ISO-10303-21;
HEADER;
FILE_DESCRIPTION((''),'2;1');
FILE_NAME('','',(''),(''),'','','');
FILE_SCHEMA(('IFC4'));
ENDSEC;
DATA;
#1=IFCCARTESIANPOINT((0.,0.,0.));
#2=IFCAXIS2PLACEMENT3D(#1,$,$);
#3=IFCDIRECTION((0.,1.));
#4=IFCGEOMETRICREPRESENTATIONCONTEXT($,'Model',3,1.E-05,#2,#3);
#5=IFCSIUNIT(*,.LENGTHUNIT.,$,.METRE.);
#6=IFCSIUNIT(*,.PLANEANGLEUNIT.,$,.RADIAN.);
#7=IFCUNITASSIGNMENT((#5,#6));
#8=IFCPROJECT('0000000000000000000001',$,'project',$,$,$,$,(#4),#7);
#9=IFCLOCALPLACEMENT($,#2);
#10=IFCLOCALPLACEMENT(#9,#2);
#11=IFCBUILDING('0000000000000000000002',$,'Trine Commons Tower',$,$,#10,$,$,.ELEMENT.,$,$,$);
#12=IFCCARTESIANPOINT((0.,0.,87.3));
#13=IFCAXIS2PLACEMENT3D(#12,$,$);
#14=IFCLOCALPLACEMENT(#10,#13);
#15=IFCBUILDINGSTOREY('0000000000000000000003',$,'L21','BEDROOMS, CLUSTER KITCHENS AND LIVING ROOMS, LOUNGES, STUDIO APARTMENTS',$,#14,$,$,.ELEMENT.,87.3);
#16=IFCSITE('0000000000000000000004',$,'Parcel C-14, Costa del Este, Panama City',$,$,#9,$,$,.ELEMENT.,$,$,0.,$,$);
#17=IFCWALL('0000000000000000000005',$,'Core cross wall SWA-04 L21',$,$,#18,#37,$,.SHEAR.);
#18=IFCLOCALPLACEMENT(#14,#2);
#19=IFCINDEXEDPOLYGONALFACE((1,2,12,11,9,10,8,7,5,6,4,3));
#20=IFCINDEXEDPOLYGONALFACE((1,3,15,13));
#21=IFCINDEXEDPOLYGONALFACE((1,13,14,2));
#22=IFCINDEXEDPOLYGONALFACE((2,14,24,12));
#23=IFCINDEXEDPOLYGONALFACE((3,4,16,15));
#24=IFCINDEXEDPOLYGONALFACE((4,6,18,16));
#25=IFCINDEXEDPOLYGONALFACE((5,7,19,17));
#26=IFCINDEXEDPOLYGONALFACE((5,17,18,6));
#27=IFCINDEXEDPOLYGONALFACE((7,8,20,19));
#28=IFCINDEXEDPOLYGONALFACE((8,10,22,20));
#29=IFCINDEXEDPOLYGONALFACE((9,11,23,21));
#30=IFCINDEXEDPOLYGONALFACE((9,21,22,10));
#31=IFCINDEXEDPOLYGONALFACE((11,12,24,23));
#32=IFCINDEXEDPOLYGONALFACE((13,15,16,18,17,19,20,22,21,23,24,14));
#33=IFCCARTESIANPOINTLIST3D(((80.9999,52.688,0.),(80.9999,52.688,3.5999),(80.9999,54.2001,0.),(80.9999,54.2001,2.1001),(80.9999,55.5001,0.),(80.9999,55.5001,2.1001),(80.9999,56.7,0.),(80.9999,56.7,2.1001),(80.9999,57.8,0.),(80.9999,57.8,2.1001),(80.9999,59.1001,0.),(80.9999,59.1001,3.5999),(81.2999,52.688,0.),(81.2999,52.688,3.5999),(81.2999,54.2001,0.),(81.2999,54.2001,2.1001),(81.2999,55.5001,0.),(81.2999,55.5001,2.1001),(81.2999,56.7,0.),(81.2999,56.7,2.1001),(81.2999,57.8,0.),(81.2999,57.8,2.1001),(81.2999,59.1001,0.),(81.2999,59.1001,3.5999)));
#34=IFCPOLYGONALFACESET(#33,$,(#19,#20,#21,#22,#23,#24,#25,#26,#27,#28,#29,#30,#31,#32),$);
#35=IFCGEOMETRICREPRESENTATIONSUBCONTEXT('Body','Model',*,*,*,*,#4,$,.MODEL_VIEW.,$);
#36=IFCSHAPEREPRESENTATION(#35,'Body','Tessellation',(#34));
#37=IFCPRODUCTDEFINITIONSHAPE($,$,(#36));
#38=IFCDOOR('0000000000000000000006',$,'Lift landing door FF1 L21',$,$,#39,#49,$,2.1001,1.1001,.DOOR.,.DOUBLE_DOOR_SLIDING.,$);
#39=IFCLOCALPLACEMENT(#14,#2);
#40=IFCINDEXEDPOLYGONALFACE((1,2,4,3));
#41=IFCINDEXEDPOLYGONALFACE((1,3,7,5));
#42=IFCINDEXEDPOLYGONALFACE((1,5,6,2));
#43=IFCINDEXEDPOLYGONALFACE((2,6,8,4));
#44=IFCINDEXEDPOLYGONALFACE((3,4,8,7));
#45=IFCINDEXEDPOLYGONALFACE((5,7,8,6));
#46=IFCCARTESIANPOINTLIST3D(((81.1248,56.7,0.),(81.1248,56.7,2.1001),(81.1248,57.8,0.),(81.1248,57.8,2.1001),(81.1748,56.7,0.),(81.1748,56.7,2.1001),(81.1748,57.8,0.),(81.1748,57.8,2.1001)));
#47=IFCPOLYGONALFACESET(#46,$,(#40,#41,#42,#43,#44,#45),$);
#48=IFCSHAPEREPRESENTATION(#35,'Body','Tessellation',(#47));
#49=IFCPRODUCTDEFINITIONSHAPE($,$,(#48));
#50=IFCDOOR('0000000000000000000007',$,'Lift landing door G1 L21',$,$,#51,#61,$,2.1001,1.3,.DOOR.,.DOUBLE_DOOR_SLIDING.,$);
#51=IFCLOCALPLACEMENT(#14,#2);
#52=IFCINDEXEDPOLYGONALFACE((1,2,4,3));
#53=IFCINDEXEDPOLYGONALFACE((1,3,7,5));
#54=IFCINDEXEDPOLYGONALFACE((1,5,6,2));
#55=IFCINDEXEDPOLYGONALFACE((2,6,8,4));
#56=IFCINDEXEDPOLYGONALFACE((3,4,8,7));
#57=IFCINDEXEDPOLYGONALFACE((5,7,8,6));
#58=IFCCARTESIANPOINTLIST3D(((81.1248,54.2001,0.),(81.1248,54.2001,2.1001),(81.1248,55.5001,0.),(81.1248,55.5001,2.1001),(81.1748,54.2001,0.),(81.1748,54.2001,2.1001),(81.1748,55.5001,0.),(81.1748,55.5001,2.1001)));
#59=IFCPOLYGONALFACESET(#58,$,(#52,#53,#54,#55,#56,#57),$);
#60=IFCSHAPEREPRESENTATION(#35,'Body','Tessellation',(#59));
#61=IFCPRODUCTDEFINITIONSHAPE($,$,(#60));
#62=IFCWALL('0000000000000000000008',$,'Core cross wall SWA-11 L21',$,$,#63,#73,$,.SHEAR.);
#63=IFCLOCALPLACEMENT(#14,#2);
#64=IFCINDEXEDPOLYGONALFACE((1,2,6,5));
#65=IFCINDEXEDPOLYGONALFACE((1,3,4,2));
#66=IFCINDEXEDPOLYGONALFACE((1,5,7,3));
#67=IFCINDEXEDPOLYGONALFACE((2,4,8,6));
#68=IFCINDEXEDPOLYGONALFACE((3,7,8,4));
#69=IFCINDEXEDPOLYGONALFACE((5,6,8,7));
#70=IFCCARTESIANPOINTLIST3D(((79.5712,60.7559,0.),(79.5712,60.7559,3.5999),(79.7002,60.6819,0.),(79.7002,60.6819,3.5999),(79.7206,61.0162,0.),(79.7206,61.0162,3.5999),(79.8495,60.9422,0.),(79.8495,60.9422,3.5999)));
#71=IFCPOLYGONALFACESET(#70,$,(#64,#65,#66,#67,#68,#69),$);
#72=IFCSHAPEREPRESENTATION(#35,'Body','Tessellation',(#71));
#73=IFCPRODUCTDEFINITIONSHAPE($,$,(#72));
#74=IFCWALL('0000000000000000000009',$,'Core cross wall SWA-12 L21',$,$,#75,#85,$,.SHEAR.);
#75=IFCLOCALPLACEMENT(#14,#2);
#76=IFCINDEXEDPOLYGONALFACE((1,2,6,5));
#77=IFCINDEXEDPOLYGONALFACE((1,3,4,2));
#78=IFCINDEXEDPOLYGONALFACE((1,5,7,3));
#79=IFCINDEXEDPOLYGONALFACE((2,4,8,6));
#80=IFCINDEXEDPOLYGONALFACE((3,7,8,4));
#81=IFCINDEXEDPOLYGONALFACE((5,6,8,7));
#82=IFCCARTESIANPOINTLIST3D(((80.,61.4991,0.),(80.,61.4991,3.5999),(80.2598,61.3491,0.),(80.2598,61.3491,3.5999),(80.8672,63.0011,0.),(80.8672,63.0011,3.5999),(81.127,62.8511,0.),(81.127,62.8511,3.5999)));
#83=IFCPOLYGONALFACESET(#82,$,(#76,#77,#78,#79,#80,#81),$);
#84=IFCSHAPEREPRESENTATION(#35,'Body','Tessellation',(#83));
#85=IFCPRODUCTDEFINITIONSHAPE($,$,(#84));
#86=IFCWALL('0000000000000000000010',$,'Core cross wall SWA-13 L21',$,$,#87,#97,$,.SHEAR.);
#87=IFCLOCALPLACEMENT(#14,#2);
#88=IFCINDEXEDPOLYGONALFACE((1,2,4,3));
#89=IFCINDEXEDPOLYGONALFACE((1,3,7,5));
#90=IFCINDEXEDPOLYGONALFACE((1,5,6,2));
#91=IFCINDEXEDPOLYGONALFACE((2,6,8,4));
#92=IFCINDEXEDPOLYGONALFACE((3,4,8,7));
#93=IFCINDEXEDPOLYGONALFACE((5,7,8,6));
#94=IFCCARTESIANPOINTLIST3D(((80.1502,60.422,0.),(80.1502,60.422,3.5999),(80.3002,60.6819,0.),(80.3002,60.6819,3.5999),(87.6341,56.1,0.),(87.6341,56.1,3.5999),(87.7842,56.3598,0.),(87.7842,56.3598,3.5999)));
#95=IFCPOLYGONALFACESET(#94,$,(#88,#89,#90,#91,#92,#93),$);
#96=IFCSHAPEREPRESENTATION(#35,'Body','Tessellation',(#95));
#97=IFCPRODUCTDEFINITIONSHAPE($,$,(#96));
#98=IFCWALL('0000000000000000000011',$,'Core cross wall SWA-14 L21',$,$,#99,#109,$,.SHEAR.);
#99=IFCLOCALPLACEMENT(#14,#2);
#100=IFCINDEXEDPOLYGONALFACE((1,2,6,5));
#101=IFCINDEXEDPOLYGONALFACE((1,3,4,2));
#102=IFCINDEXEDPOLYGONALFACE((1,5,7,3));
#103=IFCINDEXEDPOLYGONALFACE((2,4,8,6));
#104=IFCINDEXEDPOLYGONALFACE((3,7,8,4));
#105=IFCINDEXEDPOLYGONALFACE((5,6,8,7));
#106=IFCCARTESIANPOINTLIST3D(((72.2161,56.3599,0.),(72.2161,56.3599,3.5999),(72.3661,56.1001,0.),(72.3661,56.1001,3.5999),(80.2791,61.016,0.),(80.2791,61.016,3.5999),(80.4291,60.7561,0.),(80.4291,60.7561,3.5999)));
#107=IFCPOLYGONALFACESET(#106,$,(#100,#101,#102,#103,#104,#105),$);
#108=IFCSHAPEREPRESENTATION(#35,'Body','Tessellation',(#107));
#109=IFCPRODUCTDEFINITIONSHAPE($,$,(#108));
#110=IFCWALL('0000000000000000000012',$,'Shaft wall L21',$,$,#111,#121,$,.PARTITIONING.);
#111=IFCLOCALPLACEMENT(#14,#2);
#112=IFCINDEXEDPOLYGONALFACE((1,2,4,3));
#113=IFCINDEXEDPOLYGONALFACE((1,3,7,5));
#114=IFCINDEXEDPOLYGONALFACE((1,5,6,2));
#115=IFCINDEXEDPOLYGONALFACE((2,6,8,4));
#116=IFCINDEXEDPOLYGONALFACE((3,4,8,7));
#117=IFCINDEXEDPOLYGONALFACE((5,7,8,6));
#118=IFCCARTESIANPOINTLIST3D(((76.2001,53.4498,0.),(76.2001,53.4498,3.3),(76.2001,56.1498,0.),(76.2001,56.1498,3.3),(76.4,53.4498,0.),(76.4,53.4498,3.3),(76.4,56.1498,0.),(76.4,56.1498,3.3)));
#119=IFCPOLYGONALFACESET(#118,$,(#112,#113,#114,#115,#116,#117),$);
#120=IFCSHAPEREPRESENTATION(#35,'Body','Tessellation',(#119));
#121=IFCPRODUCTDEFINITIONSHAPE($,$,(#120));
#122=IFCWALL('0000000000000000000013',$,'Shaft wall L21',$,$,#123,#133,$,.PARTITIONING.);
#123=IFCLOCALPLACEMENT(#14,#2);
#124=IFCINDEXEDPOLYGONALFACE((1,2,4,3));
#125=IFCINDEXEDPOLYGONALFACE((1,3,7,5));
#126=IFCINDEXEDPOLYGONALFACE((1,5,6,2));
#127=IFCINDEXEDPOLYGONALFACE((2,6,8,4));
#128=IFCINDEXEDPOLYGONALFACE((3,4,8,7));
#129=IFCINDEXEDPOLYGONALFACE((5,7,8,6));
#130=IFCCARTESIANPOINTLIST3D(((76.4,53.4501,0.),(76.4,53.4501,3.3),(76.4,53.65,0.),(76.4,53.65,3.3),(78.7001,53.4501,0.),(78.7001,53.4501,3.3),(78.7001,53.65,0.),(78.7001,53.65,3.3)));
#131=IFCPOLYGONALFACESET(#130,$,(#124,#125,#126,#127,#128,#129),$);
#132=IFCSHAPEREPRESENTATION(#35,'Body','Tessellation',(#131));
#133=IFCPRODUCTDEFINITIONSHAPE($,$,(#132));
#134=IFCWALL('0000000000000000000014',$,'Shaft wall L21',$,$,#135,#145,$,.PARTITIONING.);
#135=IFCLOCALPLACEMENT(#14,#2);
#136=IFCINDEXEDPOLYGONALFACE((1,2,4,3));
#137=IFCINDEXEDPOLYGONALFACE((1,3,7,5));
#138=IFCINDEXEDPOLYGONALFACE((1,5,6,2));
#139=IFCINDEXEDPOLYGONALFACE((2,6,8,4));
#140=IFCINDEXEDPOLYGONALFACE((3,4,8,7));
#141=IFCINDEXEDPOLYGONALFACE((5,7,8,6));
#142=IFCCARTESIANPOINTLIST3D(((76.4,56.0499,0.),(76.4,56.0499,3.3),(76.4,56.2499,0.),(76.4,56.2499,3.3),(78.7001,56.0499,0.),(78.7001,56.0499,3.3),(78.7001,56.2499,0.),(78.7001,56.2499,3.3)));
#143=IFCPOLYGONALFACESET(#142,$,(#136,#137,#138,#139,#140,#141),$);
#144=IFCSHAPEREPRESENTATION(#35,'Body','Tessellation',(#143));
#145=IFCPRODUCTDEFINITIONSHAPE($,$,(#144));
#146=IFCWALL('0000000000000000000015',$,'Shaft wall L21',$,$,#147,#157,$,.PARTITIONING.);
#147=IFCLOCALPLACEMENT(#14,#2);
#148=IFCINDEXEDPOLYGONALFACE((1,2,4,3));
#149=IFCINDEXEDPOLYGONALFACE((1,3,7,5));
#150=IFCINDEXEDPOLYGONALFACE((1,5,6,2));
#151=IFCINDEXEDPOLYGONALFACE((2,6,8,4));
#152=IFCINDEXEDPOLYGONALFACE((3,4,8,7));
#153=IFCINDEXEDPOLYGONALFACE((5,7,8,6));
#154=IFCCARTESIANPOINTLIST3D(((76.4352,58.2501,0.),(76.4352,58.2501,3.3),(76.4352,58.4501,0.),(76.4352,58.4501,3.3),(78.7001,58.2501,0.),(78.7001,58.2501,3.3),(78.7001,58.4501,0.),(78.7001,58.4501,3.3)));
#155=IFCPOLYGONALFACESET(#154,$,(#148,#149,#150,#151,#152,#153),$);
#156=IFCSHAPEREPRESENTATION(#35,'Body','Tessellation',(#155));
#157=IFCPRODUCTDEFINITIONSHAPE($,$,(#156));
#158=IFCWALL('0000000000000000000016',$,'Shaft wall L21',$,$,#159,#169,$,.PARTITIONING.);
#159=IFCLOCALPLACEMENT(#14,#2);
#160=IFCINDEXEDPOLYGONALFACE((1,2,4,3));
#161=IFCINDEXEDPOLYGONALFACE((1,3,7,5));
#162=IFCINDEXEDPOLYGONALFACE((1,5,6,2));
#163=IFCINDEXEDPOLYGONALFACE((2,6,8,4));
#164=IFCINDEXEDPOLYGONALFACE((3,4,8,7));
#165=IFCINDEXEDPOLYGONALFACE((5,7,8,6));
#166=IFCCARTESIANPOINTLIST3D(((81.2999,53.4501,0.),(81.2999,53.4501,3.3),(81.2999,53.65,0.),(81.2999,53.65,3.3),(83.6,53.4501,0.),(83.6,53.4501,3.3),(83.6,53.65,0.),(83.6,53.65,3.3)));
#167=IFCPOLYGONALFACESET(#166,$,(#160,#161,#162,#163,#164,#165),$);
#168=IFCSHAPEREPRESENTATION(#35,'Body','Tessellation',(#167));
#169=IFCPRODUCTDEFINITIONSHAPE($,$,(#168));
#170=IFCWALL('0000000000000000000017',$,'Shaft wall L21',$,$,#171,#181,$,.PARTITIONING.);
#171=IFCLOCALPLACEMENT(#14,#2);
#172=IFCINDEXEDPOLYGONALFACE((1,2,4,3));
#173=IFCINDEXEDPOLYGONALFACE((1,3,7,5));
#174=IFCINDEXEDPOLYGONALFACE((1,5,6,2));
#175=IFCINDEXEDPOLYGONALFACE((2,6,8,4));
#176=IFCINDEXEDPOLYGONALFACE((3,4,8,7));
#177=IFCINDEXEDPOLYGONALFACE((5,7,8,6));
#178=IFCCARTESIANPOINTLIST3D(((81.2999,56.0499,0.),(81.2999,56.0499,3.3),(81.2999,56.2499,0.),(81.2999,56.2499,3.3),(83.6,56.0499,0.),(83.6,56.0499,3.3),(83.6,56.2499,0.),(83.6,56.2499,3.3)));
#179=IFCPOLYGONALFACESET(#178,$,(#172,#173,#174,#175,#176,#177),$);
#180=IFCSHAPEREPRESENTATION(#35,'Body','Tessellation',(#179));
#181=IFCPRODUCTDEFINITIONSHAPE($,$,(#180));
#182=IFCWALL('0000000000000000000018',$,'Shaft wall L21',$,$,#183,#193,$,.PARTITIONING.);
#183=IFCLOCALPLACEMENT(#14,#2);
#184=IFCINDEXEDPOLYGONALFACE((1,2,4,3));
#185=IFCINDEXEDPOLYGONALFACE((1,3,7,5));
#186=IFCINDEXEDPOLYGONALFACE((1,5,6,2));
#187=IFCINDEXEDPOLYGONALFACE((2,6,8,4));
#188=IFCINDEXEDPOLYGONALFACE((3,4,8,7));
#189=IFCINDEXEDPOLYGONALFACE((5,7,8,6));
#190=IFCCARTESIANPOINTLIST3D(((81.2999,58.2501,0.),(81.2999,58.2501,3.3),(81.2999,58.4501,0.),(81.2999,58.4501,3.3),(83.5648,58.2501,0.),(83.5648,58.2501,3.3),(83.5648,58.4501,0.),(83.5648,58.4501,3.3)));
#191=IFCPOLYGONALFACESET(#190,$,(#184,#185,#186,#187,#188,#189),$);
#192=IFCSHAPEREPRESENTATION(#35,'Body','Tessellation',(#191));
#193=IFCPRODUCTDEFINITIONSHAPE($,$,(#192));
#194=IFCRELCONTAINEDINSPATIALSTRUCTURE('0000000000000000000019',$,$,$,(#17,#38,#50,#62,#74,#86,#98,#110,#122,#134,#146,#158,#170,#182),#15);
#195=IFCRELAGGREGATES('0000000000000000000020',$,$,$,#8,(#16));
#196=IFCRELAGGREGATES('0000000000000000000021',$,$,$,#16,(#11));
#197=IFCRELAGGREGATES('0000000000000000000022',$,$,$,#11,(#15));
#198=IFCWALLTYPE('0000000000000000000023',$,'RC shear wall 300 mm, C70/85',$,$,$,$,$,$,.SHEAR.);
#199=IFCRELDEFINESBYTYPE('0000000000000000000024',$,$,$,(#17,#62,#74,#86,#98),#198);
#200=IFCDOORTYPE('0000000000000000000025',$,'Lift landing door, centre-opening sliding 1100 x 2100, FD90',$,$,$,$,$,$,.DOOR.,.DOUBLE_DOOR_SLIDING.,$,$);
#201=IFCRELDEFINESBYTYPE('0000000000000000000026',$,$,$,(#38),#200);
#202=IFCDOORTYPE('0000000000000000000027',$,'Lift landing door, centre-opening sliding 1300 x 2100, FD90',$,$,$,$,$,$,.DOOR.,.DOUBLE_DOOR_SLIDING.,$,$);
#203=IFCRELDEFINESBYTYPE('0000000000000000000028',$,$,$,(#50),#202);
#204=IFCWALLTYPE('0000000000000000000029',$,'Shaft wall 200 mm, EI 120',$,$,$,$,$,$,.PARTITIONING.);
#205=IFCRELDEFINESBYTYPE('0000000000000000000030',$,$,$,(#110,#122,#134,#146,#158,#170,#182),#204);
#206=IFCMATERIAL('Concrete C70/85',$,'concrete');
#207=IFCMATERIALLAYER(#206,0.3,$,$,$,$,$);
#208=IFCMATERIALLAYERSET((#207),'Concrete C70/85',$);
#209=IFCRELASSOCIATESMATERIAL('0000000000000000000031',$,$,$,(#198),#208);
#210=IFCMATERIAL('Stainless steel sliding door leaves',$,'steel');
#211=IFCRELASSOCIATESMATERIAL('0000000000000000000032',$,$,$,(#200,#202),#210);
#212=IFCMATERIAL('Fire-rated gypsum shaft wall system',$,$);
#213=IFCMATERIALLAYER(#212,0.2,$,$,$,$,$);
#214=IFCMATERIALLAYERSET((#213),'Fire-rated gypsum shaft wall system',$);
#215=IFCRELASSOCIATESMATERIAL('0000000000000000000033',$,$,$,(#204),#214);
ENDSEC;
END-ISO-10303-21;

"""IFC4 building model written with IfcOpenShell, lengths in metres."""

from ifc_helpers import new_model, si_unit, direction, frame, frame_2d, origin, place, context, subcontext, project, spatial, rectangle, extrude, material, layer, layer_set, type_object, element, fill, save


model = new_model("IFC4")

# Units and contexts
model_context = context("Model", 3, precision=1e-05, world=origin(), true_north=direction((0.0, 1.0)))
body_context = subcontext(model_context, "Body", "Model", "MODEL_VIEW")
ifc_project = project(units=[si_unit("LENGTHUNIT", "METRE"), si_unit("PLANEANGLEUNIT", "RADIAN")], contexts=[model_context])

# Site, building, storey
site_placement = place(None, origin())
site = spatial("IfcSite", under=ifc_project, at=site_placement, Name="Parcel C-14, Costa del Este, Panama City", CompositionType="ELEMENT", RefElevation=0.0)
building_placement = place(site_placement, origin())
building = spatial("IfcBuilding", under=site, at=building_placement, Name="Trine Commons Tower", CompositionType="ELEMENT")
storey_placement = place(building_placement, frame((0.0, 0.0, 87.3)))
storey = spatial("IfcBuildingStorey", under=building, at=storey_placement, Name="L21", Description="BEDROOMS, CLUSTER KITCHENS AND LIVING ROOMS, LOUNGES, STUDIO APARTMENTS", CompositionType="ELEMENT", Elevation=87.3)

# Shared definitions
ifc_material_1 = material(Name="Fire-rated gypsum shaft wall system")
ifc_material_2 = material(Name="Concrete C70/85", Category="concrete")

# Wall, openings, doors
ifc_layer_1 = layer(ifc_material_2, 0.3)
ifc_layer_set_1 = layer_set([ifc_layer_1], Name="Concrete C70/85")
wall_type_1 = type_object("IfcWallType", Name="RC shear wall 300 mm, C70/85", PredefinedType="SHEAR", material=ifc_layer_set_1)
ifc_material_3 = material(Name="Stainless steel sliding door leaves", Category="steel")
door_type_1 = type_object("IfcDoorType", Name="Lift landing door, centre-opening sliding 1100 x 2100, FD90", OperationType="DOUBLE_DOOR_SLIDING", PredefinedType="DOOR", material=ifc_material_3)
wall_1_placement = place(storey_placement, frame((81.1499, 59.1001, 0.0), z_axis=(0.0, 0.0, 1.0), x_axis=(0.0, -1.0, 0.0)))
wall_1 = element("IfcWall", 1, at=wall_1_placement, inside=storey, type_object=wall_type_1, Name="Core cross wall SWA-04 L21", PredefinedType="SHEAR", context=body_context, shape_type="SweptSolid", body=[
    extrude(rectangle(XDim=6.4121, YDim=0.3, at=frame_2d((3.2061, 0.0))), origin(), (0.0, 0.0, 1.0), 3.5999),
])
opening_1_placement = place(wall_1_placement, frame((3.6001, 0.0, 0.0)))
opening_1 = element("IfcOpeningElement", 2, at=opening_1_placement, cuts=wall_1, PredefinedType="OPENING", context=body_context, shape_type="SweptSolid", body=[
    extrude(rectangle(XDim=1.3, YDim=2.1001, at=frame_2d((0.6499, 1.05))), frame((0.0, 0.1599, 0.0), z_axis=(0.0, -1.0, 0.0), x_axis=(1.0, 0.0, 0.0)), (0.0, 0.0, 1.0), 0.3201),
])
opening_2_placement = place(wall_1_placement, frame((1.3, 0.0, 0.0)))
opening_2 = element("IfcOpeningElement", 3, at=opening_2_placement, cuts=wall_1, PredefinedType="OPENING", context=body_context, shape_type="SweptSolid", body=[
    extrude(rectangle(XDim=1.1001, YDim=2.1001, at=frame_2d((0.55, 1.05))), frame((0.0, 0.1599, 0.0), z_axis=(0.0, -1.0, 0.0), x_axis=(1.0, 0.0, 0.0)), (0.0, 0.0, 1.0), 0.3201),
])
door_1_placement = place(opening_2_placement, origin())
door_1 = element("IfcDoor", 4, at=door_1_placement, inside=storey, type_object=door_type_1, Name="Lift landing door FF1 L21", OperationType="DOUBLE_DOOR_SLIDING", OverallHeight=2.1001, OverallWidth=1.1001, PredefinedType="DOOR", context=body_context, shape_type="SweptSolid", body=[
    extrude(rectangle(XDim=1.1001, YDim=2.1001, at=frame_2d((0.55, 1.05))), frame((0.0, 0.0249, 0.0), z_axis=(0.0, -1.0, 0.0), x_axis=(1.0, 0.0, 0.0)), (0.0, 0.0, 1.0), 0.05),
])
fill(opening_2, door_1)
door_type_2 = type_object("IfcDoorType", Name="Lift landing door, centre-opening sliding 1300 x 2100, FD90", OperationType="DOUBLE_DOOR_SLIDING", PredefinedType="DOOR", material=ifc_material_3)
door_2_placement = place(opening_1_placement, origin())
door_2 = element("IfcDoor", 5, at=door_2_placement, inside=storey, type_object=door_type_2, Name="Lift landing door G1 L21", OperationType="DOUBLE_DOOR_SLIDING", OverallHeight=2.1001, OverallWidth=1.3, PredefinedType="DOOR", context=body_context, shape_type="SweptSolid", body=[
    extrude(rectangle(XDim=1.3, YDim=2.1001, at=frame_2d((0.6499, 1.05))), frame((0.0, 0.0249, 0.0), z_axis=(0.0, -1.0, 0.0), x_axis=(1.0, 0.0, 0.0)), (0.0, 0.0, 1.0), 0.05),
])
fill(opening_1, door_2)

# Walls
wall_2_placement = place(storey_placement, frame((79.646, 60.886, 0.0), z_axis=(0.0, 0.0, 1.0), x_axis=(0.867332, -0.49773, 0.0)))
element("IfcWall", 6, at=wall_2_placement, inside=storey, type_object=wall_type_1, Name="Core cross wall SWA-11 L21", PredefinedType="SHEAR", context=body_context, shape_type="SweptSolid", body=[
    extrude(rectangle(XDim=0.1487, YDim=0.3, at=frame_2d((0.0742, 0.0))), origin(), (0.0, 0.0, 1.0), 3.5999),
])
wall_3_placement = place(storey_placement, frame((80.1299, 61.4241, 0.0), z_axis=(0.0, 0.0, 1.0), x_axis=(0.500015, 0.866017, 0.0)))
element("IfcWall", 7, at=wall_3_placement, inside=storey, type_object=wall_type_1, Name="Core cross wall SWA-12 L21", PredefinedType="SHEAR", context=body_context, shape_type="SweptSolid", body=[
    extrude(rectangle(XDim=1.7344, YDim=0.3, at=frame_2d((0.8672, 0.0))), origin(), (0.0, 0.0, 1.0), 3.5999),
])
wall_4_placement = place(storey_placement, frame((80.2251, 60.552, 0.0), z_axis=(0.0, 0.0, 1.0), x_axis=(0.865965, -0.500104, 0.0)))
element("IfcWall", 8, at=wall_4_placement, inside=storey, type_object=wall_type_1, Name="Core cross wall SWA-13 L21", PredefinedType="SHEAR", context=body_context, shape_type="SweptSolid", body=[
    extrude(rectangle(XDim=8.6423, YDim=0.3, at=frame_2d((4.3213, 0.0))), origin(), (0.0, 0.0, 1.0), 3.5999),
])
wall_5_placement = place(storey_placement, frame((80.354, 60.886, 0.0), z_axis=(0.0, 0.0, 1.0), x_axis=(-0.865986, -0.500067, 0.0)))
element("IfcWall", 9, at=wall_5_placement, inside=storey, type_object=wall_type_1, Name="Core cross wall SWA-14 L21", PredefinedType="SHEAR", context=body_context, shape_type="SweptSolid", body=[
    extrude(rectangle(XDim=9.3108, YDim=0.3, at=frame_2d((4.6553, 0.0))), origin(), (0.0, 0.0, 1.0), 3.5999),
])
ifc_layer_2 = layer(ifc_material_1, 0.2)
ifc_layer_set_2 = layer_set([ifc_layer_2], Name="Fire-rated gypsum shaft wall system")
wall_type_2 = type_object("IfcWallType", Name="Shaft wall 200 mm, EI 120", PredefinedType="PARTITIONING", material=ifc_layer_set_2)
wall_6_placement = place(storey_placement, frame((76.3, 56.1499, 0.0), z_axis=(0.0, 0.0, 1.0), x_axis=(0.0, -1.0, 0.0)))
element("IfcWall", 10, at=wall_6_placement, inside=storey, type_object=wall_type_2, Name="Shaft wall L21", PredefinedType="PARTITIONING", context=body_context, shape_type="SweptSolid", body=[
    extrude(rectangle(XDim=2.7, YDim=0.2, at=frame_2d((1.3501, 0.0))), origin(), (0.0, 0.0, 1.0), 3.3),
])
for number, where, z_axis, x_axis, name in (
    (11, (78.7, 53.55, 0.0), (0.0, 0.0, 1.0), (-1.0, 0.0, 0.0), "Shaft wall L21"),
    (12, (78.7, 56.1499, 0.0), (0.0, 0.0, 1.0), (-1.0, 0.0, 0.0), "Shaft wall L21"),
):
    element("IfcWall", number, at=place(storey_placement, frame(where, z_axis=z_axis, x_axis=x_axis)), inside=storey, type_object=wall_type_2, Name=name, PredefinedType="PARTITIONING", context=body_context, shape_type="SweptSolid", body=[
        extrude(rectangle(XDim=2.3, YDim=0.2, at=frame_2d((1.1499, 0.0))), origin(), (0.0, 0.0, 1.0), 3.3),
    ])
wall_7_placement = place(storey_placement, frame((78.7, 58.3501, 0.0), z_axis=(0.0, 0.0, 1.0), x_axis=(-1.0, 0.0, 0.0)))
element("IfcWall", 13, at=wall_7_placement, inside=storey, type_object=wall_type_2, Name="Shaft wall L21", PredefinedType="PARTITIONING", context=body_context, shape_type="SweptSolid", body=[
    extrude(rectangle(XDim=2.2649, YDim=0.2, at=frame_2d((1.1323, 0.0))), origin(), (0.0, 0.0, 1.0), 3.3),
])
for number, where, z_axis, x_axis, name in (
    (14, (81.3, 53.55, 0.0), (0.0, 0.0, 1.0), (1.0, 0.0, 0.0), "Shaft wall L21"),
    (15, (81.3, 56.1499, 0.0), (0.0, 0.0, 1.0), (1.0, 0.0, 0.0), "Shaft wall L21"),
):
    element("IfcWall", number, at=place(storey_placement, frame(where, z_axis=z_axis, x_axis=x_axis)), inside=storey, type_object=wall_type_2, Name=name, PredefinedType="PARTITIONING", context=body_context, shape_type="SweptSolid", body=[
        extrude(rectangle(XDim=2.3, YDim=0.2, at=frame_2d((1.1499, 0.0))), origin(), (0.0, 0.0, 1.0), 3.3),
    ])
wall_8_placement = place(storey_placement, frame((81.3, 58.3501, 0.0), z_axis=(0.0, 0.0, 1.0), x_axis=(1.0, 0.0, 0.0)))
element("IfcWall", 16, at=wall_8_placement, inside=storey, type_object=wall_type_2, Name="Shaft wall L21", PredefinedType="PARTITIONING", context=body_context, shape_type="SweptSolid", body=[
    extrude(rectangle(XDim=2.2649, YDim=0.2, at=frame_2d((1.1323, 0.0))), origin(), (0.0, 0.0, 1.0), 3.3),
])

save(model, "model.ifc")
